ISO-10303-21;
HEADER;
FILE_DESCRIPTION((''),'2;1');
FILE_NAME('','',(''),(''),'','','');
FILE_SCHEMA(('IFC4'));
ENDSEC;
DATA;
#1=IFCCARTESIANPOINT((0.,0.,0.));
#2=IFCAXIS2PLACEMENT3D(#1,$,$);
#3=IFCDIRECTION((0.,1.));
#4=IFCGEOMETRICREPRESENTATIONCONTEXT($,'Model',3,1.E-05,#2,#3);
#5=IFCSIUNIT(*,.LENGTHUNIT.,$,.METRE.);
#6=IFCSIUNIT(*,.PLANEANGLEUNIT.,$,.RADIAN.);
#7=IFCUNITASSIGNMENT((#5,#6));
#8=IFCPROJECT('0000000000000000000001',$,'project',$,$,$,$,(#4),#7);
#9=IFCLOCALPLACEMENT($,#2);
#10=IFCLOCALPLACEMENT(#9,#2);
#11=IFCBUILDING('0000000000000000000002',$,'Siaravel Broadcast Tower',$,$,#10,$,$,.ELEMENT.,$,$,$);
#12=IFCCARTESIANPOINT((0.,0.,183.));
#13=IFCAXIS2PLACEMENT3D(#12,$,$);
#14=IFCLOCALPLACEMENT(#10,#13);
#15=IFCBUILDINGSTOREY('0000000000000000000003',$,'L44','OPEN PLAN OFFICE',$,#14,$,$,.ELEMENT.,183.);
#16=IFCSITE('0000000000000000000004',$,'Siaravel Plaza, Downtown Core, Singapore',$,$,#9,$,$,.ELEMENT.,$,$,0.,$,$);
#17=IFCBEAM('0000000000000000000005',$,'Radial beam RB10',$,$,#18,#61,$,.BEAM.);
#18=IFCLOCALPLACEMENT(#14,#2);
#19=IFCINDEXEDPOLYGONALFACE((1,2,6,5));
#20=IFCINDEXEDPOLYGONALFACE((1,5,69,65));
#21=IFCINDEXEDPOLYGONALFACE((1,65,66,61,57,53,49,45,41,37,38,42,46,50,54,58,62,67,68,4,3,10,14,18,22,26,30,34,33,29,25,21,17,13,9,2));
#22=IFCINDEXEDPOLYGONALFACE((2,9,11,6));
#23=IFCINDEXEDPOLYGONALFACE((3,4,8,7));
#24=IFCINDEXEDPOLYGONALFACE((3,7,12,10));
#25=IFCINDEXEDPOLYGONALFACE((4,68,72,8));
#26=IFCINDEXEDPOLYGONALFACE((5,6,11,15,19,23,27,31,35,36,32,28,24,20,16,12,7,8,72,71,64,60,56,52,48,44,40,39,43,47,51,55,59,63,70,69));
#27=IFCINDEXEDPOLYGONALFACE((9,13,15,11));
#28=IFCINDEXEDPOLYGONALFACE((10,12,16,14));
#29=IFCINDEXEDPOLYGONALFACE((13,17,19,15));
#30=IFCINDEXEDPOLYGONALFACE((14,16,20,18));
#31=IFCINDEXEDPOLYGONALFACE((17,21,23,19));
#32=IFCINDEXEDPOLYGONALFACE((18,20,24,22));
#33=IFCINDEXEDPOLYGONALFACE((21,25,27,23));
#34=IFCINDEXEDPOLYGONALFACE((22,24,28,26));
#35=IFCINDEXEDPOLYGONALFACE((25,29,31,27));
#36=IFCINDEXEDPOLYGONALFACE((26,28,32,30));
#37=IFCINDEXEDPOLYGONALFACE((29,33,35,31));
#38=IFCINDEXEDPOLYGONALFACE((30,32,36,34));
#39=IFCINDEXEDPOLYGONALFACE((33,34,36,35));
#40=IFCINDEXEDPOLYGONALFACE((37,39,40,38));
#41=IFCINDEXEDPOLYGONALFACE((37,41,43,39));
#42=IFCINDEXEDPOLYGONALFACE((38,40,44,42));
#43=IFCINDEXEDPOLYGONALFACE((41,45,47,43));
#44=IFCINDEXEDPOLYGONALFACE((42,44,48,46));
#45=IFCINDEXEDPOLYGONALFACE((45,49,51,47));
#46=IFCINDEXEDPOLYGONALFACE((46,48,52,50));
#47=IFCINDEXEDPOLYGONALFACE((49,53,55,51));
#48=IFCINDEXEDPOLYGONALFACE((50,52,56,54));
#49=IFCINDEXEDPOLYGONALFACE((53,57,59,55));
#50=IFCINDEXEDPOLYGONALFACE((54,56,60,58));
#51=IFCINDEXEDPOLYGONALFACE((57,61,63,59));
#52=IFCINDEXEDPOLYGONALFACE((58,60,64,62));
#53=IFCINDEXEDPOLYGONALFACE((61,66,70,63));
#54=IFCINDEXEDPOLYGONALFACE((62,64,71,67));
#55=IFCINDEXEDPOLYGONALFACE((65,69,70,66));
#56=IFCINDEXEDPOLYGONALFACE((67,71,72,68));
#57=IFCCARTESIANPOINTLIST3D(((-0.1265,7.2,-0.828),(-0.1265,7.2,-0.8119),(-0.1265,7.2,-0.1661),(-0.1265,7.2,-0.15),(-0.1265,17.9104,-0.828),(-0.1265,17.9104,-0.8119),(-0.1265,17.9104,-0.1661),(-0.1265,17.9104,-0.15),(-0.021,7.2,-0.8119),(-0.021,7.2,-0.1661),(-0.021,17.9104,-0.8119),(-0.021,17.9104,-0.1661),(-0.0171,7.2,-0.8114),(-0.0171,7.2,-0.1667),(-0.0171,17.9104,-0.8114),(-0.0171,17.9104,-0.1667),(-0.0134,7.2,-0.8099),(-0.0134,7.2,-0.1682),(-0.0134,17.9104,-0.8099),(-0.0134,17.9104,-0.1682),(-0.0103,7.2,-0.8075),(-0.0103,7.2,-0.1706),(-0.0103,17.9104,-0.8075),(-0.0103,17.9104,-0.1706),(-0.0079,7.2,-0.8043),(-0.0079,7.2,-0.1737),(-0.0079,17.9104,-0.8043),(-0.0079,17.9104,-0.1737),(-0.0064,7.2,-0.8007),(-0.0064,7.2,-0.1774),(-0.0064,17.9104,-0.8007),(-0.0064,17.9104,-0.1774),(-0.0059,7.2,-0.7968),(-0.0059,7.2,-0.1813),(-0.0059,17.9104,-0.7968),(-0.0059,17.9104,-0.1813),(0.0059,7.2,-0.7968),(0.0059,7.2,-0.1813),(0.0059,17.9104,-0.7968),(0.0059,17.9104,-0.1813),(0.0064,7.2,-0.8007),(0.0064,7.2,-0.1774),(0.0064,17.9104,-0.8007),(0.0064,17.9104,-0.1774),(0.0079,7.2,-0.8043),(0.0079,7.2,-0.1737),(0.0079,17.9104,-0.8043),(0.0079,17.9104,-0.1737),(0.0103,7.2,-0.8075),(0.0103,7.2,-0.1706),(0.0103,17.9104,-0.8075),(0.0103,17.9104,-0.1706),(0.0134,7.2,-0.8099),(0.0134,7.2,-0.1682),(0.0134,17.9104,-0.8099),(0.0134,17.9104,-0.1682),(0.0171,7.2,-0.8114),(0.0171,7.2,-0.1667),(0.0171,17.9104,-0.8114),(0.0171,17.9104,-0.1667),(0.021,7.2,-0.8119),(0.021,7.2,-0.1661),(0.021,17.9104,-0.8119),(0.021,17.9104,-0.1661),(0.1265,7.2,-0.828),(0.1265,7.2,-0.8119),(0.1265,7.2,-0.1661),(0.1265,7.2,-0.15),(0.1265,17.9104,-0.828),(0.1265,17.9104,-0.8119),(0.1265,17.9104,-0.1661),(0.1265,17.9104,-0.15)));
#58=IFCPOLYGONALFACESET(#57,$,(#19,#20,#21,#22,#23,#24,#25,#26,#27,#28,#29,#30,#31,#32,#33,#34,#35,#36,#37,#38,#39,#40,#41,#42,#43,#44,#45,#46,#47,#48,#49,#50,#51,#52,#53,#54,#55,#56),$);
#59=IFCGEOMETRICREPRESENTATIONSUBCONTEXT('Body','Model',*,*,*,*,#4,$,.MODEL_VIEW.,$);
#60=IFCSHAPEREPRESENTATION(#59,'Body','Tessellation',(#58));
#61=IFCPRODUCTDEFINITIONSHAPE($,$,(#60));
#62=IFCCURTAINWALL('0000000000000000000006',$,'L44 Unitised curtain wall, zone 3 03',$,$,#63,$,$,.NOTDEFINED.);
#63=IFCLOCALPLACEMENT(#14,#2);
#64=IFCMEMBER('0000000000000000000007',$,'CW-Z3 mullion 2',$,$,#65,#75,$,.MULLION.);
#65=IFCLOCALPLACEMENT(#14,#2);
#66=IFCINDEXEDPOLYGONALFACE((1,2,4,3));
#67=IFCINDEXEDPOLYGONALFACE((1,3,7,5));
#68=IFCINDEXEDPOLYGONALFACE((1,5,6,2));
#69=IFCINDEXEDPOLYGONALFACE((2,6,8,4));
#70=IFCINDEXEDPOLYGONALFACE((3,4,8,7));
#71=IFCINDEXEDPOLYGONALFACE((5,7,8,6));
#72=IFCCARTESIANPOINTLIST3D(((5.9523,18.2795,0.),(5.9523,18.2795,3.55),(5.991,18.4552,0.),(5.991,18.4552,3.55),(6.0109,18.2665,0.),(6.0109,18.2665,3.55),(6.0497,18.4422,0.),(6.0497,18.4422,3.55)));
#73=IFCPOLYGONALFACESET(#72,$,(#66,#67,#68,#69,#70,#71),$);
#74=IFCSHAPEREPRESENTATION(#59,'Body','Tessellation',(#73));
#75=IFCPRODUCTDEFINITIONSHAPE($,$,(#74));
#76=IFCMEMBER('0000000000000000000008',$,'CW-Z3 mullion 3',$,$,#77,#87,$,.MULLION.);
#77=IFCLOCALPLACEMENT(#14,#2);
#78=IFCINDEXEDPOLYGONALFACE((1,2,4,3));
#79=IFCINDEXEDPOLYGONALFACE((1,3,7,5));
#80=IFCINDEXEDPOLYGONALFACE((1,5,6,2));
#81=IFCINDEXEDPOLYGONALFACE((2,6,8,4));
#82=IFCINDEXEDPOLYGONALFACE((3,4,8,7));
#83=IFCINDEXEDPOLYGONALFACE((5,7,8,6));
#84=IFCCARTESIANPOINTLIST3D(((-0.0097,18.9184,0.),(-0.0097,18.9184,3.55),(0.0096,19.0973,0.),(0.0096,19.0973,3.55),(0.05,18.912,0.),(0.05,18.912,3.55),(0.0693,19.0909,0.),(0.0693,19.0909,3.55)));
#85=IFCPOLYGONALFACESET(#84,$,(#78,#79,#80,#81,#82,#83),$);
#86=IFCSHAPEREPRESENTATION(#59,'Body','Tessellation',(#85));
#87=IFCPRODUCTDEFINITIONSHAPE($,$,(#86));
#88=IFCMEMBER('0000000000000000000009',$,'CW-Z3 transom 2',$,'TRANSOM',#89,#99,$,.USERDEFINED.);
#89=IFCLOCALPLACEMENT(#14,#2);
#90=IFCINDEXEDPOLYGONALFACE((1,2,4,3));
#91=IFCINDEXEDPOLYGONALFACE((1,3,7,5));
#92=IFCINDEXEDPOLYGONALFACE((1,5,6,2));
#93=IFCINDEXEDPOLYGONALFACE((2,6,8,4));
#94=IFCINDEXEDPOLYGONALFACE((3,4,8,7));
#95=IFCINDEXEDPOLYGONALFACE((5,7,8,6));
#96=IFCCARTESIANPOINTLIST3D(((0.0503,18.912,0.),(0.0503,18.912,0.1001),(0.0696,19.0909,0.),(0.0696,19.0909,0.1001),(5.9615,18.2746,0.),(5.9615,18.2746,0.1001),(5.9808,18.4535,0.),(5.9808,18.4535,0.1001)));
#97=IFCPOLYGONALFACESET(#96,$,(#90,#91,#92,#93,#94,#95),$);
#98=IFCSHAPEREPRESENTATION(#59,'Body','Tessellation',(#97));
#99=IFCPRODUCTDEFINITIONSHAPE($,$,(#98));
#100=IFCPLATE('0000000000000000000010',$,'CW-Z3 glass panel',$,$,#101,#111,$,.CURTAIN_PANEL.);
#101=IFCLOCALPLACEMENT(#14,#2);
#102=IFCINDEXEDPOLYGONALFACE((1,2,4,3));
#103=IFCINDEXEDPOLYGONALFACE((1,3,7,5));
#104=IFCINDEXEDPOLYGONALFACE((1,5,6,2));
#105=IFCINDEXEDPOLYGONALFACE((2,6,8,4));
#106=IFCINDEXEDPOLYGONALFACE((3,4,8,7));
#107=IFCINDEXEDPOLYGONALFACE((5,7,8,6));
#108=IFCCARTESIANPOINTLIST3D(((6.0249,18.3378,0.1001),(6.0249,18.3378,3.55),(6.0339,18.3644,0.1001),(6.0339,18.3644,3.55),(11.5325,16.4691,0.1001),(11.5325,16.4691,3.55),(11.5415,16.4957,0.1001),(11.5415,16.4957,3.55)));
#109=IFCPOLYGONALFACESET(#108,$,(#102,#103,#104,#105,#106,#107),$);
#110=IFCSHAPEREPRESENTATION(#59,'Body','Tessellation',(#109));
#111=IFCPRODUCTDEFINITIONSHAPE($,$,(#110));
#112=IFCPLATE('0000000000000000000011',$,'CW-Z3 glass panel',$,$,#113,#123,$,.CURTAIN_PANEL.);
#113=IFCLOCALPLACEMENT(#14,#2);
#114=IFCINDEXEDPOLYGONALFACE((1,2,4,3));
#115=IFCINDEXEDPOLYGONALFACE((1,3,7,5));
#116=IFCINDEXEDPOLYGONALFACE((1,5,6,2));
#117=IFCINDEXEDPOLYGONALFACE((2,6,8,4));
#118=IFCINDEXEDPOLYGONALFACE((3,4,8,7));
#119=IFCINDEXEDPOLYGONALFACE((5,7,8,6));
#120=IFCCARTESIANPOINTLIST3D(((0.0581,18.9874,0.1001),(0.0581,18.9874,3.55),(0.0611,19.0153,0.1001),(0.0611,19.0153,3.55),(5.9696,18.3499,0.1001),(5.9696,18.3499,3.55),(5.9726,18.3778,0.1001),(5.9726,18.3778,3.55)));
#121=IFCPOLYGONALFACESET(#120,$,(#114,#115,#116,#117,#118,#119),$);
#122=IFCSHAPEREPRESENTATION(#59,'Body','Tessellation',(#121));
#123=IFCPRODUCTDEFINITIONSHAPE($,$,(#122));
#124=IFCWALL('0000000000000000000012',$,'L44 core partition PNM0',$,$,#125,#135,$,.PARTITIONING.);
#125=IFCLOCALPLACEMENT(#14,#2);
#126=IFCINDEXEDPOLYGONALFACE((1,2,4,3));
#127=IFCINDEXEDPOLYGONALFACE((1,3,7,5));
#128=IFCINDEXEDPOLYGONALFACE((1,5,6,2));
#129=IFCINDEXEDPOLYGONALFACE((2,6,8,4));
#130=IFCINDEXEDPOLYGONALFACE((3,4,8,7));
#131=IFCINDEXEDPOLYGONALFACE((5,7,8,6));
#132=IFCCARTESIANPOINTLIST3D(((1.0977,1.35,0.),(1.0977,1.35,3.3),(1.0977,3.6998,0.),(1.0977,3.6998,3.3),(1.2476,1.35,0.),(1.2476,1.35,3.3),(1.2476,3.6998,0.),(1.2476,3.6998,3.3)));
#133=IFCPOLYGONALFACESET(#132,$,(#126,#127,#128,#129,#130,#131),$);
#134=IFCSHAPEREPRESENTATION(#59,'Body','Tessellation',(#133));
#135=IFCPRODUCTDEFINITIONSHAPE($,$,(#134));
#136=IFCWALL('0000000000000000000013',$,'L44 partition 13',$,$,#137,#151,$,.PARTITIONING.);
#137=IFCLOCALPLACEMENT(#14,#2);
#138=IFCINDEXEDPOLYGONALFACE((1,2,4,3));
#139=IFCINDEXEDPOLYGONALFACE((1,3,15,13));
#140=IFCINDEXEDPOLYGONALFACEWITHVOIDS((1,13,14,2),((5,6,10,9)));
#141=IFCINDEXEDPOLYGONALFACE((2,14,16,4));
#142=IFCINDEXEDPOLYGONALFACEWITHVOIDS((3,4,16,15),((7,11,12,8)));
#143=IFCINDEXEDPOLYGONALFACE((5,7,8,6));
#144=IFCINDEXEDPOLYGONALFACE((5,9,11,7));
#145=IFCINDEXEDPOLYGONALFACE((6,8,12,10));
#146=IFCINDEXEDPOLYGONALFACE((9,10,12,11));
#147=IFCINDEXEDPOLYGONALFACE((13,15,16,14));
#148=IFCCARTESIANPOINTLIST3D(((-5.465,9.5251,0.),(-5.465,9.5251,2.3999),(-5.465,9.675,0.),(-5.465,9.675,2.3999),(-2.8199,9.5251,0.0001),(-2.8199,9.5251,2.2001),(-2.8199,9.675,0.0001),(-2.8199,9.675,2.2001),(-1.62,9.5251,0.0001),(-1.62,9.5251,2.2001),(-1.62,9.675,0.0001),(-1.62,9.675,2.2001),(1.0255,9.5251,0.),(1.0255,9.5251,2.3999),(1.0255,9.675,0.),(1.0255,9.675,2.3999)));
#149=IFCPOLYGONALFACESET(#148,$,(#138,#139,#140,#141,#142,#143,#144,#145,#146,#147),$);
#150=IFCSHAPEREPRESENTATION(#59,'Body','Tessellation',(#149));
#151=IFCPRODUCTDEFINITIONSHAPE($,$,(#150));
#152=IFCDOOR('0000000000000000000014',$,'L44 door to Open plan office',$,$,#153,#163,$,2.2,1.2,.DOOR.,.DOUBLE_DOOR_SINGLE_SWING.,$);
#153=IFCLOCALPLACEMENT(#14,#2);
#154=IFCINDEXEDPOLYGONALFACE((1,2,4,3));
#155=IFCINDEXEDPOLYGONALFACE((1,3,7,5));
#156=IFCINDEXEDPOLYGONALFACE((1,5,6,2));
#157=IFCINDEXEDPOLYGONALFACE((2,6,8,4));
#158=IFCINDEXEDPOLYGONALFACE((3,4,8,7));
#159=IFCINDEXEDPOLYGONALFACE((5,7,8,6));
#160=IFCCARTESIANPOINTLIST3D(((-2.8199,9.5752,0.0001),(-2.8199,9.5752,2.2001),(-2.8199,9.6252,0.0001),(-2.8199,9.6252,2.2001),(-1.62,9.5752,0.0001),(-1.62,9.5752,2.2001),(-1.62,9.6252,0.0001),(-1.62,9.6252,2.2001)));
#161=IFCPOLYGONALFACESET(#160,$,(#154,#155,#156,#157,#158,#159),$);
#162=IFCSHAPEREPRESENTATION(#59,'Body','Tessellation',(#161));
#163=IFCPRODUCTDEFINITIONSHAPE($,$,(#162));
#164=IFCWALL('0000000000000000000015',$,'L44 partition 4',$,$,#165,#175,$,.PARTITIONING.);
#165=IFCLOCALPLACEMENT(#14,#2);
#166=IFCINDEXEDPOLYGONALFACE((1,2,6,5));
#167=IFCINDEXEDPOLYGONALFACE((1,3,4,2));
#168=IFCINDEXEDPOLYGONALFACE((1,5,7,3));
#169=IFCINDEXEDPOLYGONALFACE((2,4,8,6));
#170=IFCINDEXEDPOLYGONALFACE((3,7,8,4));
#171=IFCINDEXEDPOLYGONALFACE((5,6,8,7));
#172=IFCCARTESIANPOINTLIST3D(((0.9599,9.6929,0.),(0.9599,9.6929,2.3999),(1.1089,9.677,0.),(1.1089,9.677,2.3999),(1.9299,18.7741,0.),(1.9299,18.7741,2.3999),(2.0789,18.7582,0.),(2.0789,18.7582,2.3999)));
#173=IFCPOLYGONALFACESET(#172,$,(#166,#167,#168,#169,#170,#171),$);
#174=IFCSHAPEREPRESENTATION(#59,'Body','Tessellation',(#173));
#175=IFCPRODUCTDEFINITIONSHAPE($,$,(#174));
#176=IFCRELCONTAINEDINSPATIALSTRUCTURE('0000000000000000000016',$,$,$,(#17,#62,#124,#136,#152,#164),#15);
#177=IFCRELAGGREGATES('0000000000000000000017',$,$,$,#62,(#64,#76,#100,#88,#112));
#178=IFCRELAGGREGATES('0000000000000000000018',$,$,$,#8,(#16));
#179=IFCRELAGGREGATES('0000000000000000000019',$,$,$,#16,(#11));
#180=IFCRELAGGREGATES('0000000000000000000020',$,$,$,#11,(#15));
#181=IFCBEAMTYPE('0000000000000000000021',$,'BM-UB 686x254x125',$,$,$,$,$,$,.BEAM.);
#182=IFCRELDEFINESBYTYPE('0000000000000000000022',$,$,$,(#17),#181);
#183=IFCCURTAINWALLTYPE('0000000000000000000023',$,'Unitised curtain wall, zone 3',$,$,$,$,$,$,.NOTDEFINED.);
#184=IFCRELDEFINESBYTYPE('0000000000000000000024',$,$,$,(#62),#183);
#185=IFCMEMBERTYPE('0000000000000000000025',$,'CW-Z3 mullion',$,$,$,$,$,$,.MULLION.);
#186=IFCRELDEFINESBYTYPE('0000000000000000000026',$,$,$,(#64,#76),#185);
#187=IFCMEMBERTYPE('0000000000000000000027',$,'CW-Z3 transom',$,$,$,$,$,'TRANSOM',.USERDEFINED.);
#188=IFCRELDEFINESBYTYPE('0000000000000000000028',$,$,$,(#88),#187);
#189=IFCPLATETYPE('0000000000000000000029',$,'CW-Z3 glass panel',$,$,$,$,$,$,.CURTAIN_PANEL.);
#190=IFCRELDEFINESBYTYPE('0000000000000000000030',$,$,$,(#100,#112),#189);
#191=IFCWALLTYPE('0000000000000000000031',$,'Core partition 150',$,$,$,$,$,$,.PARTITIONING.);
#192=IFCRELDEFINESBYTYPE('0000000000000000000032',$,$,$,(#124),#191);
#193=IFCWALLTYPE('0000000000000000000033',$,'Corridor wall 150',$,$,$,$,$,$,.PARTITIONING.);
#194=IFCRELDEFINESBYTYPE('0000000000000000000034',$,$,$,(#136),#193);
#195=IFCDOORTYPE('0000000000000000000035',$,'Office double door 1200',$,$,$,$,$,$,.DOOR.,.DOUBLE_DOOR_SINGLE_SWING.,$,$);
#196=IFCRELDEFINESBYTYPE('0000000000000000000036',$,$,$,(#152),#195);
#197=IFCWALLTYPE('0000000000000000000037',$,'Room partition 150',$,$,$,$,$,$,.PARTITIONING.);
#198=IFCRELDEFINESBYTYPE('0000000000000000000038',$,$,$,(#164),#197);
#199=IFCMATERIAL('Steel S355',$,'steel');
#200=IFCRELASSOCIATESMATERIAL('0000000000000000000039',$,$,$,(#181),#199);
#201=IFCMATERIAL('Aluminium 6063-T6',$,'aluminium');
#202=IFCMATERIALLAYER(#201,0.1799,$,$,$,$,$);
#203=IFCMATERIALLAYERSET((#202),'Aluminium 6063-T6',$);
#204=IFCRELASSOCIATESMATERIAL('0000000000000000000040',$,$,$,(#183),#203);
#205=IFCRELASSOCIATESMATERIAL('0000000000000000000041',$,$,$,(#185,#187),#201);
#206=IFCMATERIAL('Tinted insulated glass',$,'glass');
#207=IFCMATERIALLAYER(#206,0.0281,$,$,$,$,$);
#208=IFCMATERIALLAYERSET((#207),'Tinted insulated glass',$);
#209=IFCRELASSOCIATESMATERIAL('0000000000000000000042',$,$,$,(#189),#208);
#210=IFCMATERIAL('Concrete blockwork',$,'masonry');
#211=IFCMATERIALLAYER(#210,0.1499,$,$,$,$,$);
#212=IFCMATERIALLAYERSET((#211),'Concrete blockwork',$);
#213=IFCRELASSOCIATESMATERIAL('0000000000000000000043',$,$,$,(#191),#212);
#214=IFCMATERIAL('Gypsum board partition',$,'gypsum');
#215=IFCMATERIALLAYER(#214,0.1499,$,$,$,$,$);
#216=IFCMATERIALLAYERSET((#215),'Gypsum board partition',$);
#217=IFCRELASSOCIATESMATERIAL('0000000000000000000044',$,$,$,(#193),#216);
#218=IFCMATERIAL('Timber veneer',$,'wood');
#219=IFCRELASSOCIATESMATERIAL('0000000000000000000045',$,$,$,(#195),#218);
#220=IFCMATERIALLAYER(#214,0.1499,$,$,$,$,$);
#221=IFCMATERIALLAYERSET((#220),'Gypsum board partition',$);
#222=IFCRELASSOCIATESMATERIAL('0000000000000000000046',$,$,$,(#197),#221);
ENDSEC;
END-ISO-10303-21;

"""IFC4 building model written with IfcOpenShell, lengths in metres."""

from ifc_helpers import new_model, si_unit, direction, frame, frame_2d, origin, origin_2d, place, context, subcontext, project, spatial, rectangle, i_section, extrude, material, layer, layer_set, material_profile, profile_set, type_object, element, fill, aggregate, save


model = new_model("IFC4")

# Units and contexts
model_context = context("Model", 3, precision=1e-05, world=origin(), true_north=direction((0.0, 1.0)))
body_context = subcontext(model_context, "Body", "Model", "MODEL_VIEW")
ifc_project = project(units=[si_unit("LENGTHUNIT", "METRE"), si_unit("PLANEANGLEUNIT", "RADIAN")], contexts=[model_context])

# Site, building, storey
site_placement = place(None, origin())
site = spatial("IfcSite", under=ifc_project, at=site_placement, Name="Siaravel Plaza, Downtown Core, Singapore", CompositionType="ELEMENT", RefElevation=0.0)
building_placement = place(site_placement, origin())
building = spatial("IfcBuilding", under=site, at=building_placement, Name="Siaravel Broadcast Tower", CompositionType="ELEMENT")
storey_placement = place(building_placement, frame((0.0, 0.0, 183.0)))
storey = spatial("IfcBuildingStorey", under=building, at=storey_placement, Name="L44", Description="OPEN PLAN OFFICE", CompositionType="ELEMENT", Elevation=183.0)

# Beam
ifc_material_1 = material(Name="Steel S355", Category="steel")
ifc_material_profile_1 = material_profile(ifc_material_1, i_section(OverallWidth=0.2529, OverallDepth=0.678, WebThickness=0.0117, FlangeThickness=0.0161, FilletRadius=0.0151, at=origin_2d()))
ifc_profile_set_1 = profile_set([ifc_material_profile_1], Name="Steel S355")
beam_type = type_object("IfcBeamType", Name="BM-UB 686x254x125", PredefinedType="BEAM", material=ifc_profile_set_1)
beam_1_placement = place(storey_placement, frame((0.0, 17.9104, -0.489), z_axis=(0.0, -1.0, 0.0), x_axis=(1.0, 0.0, 0.0)))
element("IfcBeam", 1, at=beam_1_placement, inside=storey, type_object=beam_type, Name="Radial beam RB10", PredefinedType="BEAM", context=body_context, shape_type="SweptSolid", body=[
    extrude(i_section(OverallWidth=0.2529, OverallDepth=0.678, WebThickness=0.0117, FlangeThickness=0.0161, FilletRadius=0.0151, at=origin_2d()), origin(), (0.0, 0.0, 1.0), 10.7104),
])

# Curtain wall, members, plates
ifc_material_2 = material(Name="Aluminium 6063-T6", Category="aluminium")
ifc_layer_1 = layer(ifc_material_2, 0.1799)
ifc_layer_set_1 = layer_set([ifc_layer_1], Name="Aluminium 6063-T6")
curtain_wall_type = type_object("IfcCurtainWallType", Name="Unitised curtain wall, zone 3", PredefinedType="NOTDEFINED", material=ifc_layer_set_1)
curtain_wall_placement = place(storey_placement, origin())
curtain_wall = element("IfcCurtainWall", 2, at=curtain_wall_placement, inside=storey, type_object=curtain_wall_type, Name="L44 Unitised curtain wall, zone 3 03", PredefinedType="NOTDEFINED")
ifc_material_profile_2 = material_profile(ifc_material_2, rectangle(XDim=0.1799, YDim=0.0601, at=origin_2d()))
ifc_profile_set_2 = profile_set([ifc_material_profile_2], Name="Aluminium 6063-T6")
member_type_1 = type_object("IfcMemberType", Name="CW-Z3 mullion", PredefinedType="MULLION", material=ifc_profile_set_2)
member_1_placement = place(storey_placement, frame((6.001, 18.3608, 0.0), z_axis=(0.0, 0.0, 1.0), x_axis=(-0.215558, -0.976491, 0.0)))
member_1 = element("IfcMember", 3, at=member_1_placement, type_object=member_type_1, Name="CW-Z3 mullion 2", PredefinedType="MULLION", context=body_context, shape_type="SweptSolid", body=[
    extrude(rectangle(XDim=0.1799, YDim=0.0601, at=origin_2d()), origin(), (0.0, 0.0, 1.0), 3.55),
])
member_2_placement = place(storey_placement, frame((0.0298, 19.0046, 0.0), z_axis=(0.0, 0.0, 1.0), x_axis=(-0.107217, -0.994236, 0.0)))
member_2 = element("IfcMember", 4, at=member_2_placement, type_object=member_type_1, Name="CW-Z3 mullion 3", PredefinedType="MULLION", context=body_context, shape_type="SweptSolid", body=[
    extrude(rectangle(XDim=0.1799, YDim=0.0601, at=origin_2d()), origin(), (0.0, 0.0, 1.0), 3.55),
])
ifc_material_profile_3 = material_profile(ifc_material_2, rectangle(XDim=0.1799, YDim=0.1001, at=origin_2d()))
ifc_profile_set_3 = profile_set([ifc_material_profile_3], Name="Aluminium 6063-T6")
member_type_2 = type_object("IfcMemberType", Name="CW-Z3 transom", ElementType="TRANSOM", PredefinedType="USERDEFINED", material=ifc_profile_set_3)
member_3_placement = place(storey_placement, frame((5.9712, 18.364, 0.05), z_axis=(-0.994236, 0.107213, 0.0), x_axis=(-0.107213, -0.994236, 0.0)))
member_3 = element("IfcMember", 5, at=member_3_placement, type_object=member_type_2, Name="CW-Z3 transom 2", ObjectType="TRANSOM", PredefinedType="USERDEFINED", context=body_context, shape_type="SweptSolid", body=[
    extrude(rectangle(XDim=0.1799, YDim=0.1001, at=origin_2d()), origin(), (0.0, 0.0, 1.0), 5.9456),
])
ifc_material_3 = material(Name="Tinted insulated glass", Category="glass")
ifc_layer_2 = layer(ifc_material_3, 0.0281)
ifc_layer_set_2 = layer_set([ifc_layer_2], Name="Tinted insulated glass")
plate_type = type_object("IfcPlateType", Name="CW-Z3 glass panel", PredefinedType="CURTAIN_PANEL", material=ifc_layer_set_2)
plate_1_placement = place(storey_placement, frame((8.7832, 17.4167, 0.1001), z_axis=(0.0, 0.0, 1.0), x_axis=(-0.946977, 0.3213, 0.0)))
plate_1 = element("IfcPlate", 6, at=plate_1_placement, type_object=plate_type, Name="CW-Z3 glass panel", PredefinedType="CURTAIN_PANEL", context=body_context, shape_type="SweptSolid", body=[
    extrude(rectangle(XDim=5.8159, YDim=0.0281, at=origin_2d()), origin(), (0.0, 0.0, 1.0), 3.45),
])
plate_2_placement = place(storey_placement, frame((3.0154, 18.6826, 0.1001), z_axis=(0.0, 0.0, 1.0), x_axis=(-0.994236, 0.107217, 0.0)))
plate_2 = element("IfcPlate", 7, at=plate_2_placement, type_object=plate_type, Name="CW-Z3 glass panel", PredefinedType="CURTAIN_PANEL", context=body_context, shape_type="SweptSolid", body=[
    extrude(rectangle(XDim=5.9458, YDim=0.0281, at=origin_2d()), origin(), (0.0, 0.0, 1.0), 3.45),
])
aggregate(curtain_wall, [member_1, member_2, plate_1, member_3, plate_2])

# Wall
ifc_material_4 = material(Name="Concrete blockwork", Category="masonry")
ifc_layer_3 = layer(ifc_material_4, 0.1499)
ifc_layer_set_3 = layer_set([ifc_layer_3], Name="Concrete blockwork")
wall_type_1 = type_object("IfcWallType", Name="Core partition 150", PredefinedType="PARTITIONING", material=ifc_layer_set_3)
wall_1_placement = place(storey_placement, frame((1.1726, 1.3501, 0.0), z_axis=(0.0, 0.0, 1.0), x_axis=(0.0, 1.0, 0.0)))
element("IfcWall", 8, at=wall_1_placement, inside=storey, type_object=wall_type_1, Name="L44 core partition PNM0", PredefinedType="PARTITIONING", context=body_context, shape_type="SweptSolid", body=[
    extrude(rectangle(XDim=2.3499, YDim=0.1499, at=frame_2d((1.1748, 0.0))), origin(), (0.0, 0.0, 1.0), 3.3),
])

# Wall, opening, door
ifc_material_5 = material(Name="Gypsum board partition", Category="gypsum")
ifc_layer_4 = layer(ifc_material_5, 0.1499)
ifc_layer_set_4 = layer_set([ifc_layer_4], Name="Gypsum board partition")
wall_type_2 = type_object("IfcWallType", Name="Corridor wall 150", PredefinedType="PARTITIONING", material=ifc_layer_set_4)
wall_2_placement = place(storey_placement, frame((1.0254, 9.6001, 0.0), z_axis=(0.0, 0.0, 1.0), x_axis=(-1.0, 0.0, 0.0)))
wall_2 = element("IfcWall", 9, at=wall_2_placement, inside=storey, type_object=wall_type_2, Name="L44 partition 13", PredefinedType="PARTITIONING", context=body_context, shape_type="SweptSolid", body=[
    extrude(rectangle(XDim=6.4905, YDim=0.1499, at=frame_2d((3.2451, 0.0))), origin(), (0.0, 0.0, 1.0), 2.3999),
])
opening_1_placement = place(wall_2_placement, frame((2.6453, 0.0, 0.0)))
opening_1 = element("IfcOpeningElement", 10, at=opening_1_placement, cuts=wall_2, PredefinedType="OPENING", context=body_context, shape_type="SweptSolid", body=[
    extrude(rectangle(XDim=1.2, YDim=2.2, at=frame_2d((0.6001, 1.1001))), frame((0.0, 0.085, 0.0), z_axis=(0.0, -1.0, 0.0), x_axis=(1.0, 0.0, 0.0)), (0.0, 0.0, 1.0), 0.1699),
])
ifc_material_6 = material(Name="Timber veneer", Category="wood")
door_type_1 = type_object("IfcDoorType", Name="Office double door 1200", OperationType="DOUBLE_DOOR_SINGLE_SWING", PredefinedType="DOOR", material=ifc_material_6)
door_1_placement = place(opening_1_placement, origin())
door_1 = element("IfcDoor", 11, at=door_1_placement, inside=storey, type_object=door_type_1, Name="L44 door to Open plan office", OperationType="DOUBLE_DOOR_SINGLE_SWING", OverallHeight=2.2, OverallWidth=1.2, PredefinedType="DOOR", context=body_context, shape_type="SweptSolid", body=[
    extrude(rectangle(XDim=1.2, YDim=2.2, at=frame_2d((0.6001, 1.1001))), frame((0.0, 0.0249, 0.0), z_axis=(0.0, -1.0, 0.0), x_axis=(1.0, 0.0, 0.0)), (0.0, 0.0, 1.0), 0.05),
])
fill(opening_1, door_1)

# Wall
ifc_layer_5 = layer(ifc_material_5, 0.1499)
ifc_layer_set_5 = layer_set([ifc_layer_5], Name="Gypsum board partition")
wall_type_3 = type_object("IfcWallType", Name="Room partition 150", PredefinedType="PARTITIONING", material=ifc_layer_set_5)
wall_3_placement = place(storey_placement, frame((2.0044, 18.7661, 0.0), z_axis=(0.0, 0.0, 1.0), x_axis=(-0.106208, -0.994344, 0.0)))
element("IfcWall", 12, at=wall_3_placement, inside=storey, type_object=wall_type_3, Name="L44 partition 4", PredefinedType="PARTITIONING", context=body_context, shape_type="SweptSolid", body=[
    extrude(rectangle(XDim=9.1328, YDim=0.1499, at=frame_2d((4.5664, 0.0))), origin(), (0.0, 0.0, 1.0), 2.3999),
])

save(model, "model.ifc")
